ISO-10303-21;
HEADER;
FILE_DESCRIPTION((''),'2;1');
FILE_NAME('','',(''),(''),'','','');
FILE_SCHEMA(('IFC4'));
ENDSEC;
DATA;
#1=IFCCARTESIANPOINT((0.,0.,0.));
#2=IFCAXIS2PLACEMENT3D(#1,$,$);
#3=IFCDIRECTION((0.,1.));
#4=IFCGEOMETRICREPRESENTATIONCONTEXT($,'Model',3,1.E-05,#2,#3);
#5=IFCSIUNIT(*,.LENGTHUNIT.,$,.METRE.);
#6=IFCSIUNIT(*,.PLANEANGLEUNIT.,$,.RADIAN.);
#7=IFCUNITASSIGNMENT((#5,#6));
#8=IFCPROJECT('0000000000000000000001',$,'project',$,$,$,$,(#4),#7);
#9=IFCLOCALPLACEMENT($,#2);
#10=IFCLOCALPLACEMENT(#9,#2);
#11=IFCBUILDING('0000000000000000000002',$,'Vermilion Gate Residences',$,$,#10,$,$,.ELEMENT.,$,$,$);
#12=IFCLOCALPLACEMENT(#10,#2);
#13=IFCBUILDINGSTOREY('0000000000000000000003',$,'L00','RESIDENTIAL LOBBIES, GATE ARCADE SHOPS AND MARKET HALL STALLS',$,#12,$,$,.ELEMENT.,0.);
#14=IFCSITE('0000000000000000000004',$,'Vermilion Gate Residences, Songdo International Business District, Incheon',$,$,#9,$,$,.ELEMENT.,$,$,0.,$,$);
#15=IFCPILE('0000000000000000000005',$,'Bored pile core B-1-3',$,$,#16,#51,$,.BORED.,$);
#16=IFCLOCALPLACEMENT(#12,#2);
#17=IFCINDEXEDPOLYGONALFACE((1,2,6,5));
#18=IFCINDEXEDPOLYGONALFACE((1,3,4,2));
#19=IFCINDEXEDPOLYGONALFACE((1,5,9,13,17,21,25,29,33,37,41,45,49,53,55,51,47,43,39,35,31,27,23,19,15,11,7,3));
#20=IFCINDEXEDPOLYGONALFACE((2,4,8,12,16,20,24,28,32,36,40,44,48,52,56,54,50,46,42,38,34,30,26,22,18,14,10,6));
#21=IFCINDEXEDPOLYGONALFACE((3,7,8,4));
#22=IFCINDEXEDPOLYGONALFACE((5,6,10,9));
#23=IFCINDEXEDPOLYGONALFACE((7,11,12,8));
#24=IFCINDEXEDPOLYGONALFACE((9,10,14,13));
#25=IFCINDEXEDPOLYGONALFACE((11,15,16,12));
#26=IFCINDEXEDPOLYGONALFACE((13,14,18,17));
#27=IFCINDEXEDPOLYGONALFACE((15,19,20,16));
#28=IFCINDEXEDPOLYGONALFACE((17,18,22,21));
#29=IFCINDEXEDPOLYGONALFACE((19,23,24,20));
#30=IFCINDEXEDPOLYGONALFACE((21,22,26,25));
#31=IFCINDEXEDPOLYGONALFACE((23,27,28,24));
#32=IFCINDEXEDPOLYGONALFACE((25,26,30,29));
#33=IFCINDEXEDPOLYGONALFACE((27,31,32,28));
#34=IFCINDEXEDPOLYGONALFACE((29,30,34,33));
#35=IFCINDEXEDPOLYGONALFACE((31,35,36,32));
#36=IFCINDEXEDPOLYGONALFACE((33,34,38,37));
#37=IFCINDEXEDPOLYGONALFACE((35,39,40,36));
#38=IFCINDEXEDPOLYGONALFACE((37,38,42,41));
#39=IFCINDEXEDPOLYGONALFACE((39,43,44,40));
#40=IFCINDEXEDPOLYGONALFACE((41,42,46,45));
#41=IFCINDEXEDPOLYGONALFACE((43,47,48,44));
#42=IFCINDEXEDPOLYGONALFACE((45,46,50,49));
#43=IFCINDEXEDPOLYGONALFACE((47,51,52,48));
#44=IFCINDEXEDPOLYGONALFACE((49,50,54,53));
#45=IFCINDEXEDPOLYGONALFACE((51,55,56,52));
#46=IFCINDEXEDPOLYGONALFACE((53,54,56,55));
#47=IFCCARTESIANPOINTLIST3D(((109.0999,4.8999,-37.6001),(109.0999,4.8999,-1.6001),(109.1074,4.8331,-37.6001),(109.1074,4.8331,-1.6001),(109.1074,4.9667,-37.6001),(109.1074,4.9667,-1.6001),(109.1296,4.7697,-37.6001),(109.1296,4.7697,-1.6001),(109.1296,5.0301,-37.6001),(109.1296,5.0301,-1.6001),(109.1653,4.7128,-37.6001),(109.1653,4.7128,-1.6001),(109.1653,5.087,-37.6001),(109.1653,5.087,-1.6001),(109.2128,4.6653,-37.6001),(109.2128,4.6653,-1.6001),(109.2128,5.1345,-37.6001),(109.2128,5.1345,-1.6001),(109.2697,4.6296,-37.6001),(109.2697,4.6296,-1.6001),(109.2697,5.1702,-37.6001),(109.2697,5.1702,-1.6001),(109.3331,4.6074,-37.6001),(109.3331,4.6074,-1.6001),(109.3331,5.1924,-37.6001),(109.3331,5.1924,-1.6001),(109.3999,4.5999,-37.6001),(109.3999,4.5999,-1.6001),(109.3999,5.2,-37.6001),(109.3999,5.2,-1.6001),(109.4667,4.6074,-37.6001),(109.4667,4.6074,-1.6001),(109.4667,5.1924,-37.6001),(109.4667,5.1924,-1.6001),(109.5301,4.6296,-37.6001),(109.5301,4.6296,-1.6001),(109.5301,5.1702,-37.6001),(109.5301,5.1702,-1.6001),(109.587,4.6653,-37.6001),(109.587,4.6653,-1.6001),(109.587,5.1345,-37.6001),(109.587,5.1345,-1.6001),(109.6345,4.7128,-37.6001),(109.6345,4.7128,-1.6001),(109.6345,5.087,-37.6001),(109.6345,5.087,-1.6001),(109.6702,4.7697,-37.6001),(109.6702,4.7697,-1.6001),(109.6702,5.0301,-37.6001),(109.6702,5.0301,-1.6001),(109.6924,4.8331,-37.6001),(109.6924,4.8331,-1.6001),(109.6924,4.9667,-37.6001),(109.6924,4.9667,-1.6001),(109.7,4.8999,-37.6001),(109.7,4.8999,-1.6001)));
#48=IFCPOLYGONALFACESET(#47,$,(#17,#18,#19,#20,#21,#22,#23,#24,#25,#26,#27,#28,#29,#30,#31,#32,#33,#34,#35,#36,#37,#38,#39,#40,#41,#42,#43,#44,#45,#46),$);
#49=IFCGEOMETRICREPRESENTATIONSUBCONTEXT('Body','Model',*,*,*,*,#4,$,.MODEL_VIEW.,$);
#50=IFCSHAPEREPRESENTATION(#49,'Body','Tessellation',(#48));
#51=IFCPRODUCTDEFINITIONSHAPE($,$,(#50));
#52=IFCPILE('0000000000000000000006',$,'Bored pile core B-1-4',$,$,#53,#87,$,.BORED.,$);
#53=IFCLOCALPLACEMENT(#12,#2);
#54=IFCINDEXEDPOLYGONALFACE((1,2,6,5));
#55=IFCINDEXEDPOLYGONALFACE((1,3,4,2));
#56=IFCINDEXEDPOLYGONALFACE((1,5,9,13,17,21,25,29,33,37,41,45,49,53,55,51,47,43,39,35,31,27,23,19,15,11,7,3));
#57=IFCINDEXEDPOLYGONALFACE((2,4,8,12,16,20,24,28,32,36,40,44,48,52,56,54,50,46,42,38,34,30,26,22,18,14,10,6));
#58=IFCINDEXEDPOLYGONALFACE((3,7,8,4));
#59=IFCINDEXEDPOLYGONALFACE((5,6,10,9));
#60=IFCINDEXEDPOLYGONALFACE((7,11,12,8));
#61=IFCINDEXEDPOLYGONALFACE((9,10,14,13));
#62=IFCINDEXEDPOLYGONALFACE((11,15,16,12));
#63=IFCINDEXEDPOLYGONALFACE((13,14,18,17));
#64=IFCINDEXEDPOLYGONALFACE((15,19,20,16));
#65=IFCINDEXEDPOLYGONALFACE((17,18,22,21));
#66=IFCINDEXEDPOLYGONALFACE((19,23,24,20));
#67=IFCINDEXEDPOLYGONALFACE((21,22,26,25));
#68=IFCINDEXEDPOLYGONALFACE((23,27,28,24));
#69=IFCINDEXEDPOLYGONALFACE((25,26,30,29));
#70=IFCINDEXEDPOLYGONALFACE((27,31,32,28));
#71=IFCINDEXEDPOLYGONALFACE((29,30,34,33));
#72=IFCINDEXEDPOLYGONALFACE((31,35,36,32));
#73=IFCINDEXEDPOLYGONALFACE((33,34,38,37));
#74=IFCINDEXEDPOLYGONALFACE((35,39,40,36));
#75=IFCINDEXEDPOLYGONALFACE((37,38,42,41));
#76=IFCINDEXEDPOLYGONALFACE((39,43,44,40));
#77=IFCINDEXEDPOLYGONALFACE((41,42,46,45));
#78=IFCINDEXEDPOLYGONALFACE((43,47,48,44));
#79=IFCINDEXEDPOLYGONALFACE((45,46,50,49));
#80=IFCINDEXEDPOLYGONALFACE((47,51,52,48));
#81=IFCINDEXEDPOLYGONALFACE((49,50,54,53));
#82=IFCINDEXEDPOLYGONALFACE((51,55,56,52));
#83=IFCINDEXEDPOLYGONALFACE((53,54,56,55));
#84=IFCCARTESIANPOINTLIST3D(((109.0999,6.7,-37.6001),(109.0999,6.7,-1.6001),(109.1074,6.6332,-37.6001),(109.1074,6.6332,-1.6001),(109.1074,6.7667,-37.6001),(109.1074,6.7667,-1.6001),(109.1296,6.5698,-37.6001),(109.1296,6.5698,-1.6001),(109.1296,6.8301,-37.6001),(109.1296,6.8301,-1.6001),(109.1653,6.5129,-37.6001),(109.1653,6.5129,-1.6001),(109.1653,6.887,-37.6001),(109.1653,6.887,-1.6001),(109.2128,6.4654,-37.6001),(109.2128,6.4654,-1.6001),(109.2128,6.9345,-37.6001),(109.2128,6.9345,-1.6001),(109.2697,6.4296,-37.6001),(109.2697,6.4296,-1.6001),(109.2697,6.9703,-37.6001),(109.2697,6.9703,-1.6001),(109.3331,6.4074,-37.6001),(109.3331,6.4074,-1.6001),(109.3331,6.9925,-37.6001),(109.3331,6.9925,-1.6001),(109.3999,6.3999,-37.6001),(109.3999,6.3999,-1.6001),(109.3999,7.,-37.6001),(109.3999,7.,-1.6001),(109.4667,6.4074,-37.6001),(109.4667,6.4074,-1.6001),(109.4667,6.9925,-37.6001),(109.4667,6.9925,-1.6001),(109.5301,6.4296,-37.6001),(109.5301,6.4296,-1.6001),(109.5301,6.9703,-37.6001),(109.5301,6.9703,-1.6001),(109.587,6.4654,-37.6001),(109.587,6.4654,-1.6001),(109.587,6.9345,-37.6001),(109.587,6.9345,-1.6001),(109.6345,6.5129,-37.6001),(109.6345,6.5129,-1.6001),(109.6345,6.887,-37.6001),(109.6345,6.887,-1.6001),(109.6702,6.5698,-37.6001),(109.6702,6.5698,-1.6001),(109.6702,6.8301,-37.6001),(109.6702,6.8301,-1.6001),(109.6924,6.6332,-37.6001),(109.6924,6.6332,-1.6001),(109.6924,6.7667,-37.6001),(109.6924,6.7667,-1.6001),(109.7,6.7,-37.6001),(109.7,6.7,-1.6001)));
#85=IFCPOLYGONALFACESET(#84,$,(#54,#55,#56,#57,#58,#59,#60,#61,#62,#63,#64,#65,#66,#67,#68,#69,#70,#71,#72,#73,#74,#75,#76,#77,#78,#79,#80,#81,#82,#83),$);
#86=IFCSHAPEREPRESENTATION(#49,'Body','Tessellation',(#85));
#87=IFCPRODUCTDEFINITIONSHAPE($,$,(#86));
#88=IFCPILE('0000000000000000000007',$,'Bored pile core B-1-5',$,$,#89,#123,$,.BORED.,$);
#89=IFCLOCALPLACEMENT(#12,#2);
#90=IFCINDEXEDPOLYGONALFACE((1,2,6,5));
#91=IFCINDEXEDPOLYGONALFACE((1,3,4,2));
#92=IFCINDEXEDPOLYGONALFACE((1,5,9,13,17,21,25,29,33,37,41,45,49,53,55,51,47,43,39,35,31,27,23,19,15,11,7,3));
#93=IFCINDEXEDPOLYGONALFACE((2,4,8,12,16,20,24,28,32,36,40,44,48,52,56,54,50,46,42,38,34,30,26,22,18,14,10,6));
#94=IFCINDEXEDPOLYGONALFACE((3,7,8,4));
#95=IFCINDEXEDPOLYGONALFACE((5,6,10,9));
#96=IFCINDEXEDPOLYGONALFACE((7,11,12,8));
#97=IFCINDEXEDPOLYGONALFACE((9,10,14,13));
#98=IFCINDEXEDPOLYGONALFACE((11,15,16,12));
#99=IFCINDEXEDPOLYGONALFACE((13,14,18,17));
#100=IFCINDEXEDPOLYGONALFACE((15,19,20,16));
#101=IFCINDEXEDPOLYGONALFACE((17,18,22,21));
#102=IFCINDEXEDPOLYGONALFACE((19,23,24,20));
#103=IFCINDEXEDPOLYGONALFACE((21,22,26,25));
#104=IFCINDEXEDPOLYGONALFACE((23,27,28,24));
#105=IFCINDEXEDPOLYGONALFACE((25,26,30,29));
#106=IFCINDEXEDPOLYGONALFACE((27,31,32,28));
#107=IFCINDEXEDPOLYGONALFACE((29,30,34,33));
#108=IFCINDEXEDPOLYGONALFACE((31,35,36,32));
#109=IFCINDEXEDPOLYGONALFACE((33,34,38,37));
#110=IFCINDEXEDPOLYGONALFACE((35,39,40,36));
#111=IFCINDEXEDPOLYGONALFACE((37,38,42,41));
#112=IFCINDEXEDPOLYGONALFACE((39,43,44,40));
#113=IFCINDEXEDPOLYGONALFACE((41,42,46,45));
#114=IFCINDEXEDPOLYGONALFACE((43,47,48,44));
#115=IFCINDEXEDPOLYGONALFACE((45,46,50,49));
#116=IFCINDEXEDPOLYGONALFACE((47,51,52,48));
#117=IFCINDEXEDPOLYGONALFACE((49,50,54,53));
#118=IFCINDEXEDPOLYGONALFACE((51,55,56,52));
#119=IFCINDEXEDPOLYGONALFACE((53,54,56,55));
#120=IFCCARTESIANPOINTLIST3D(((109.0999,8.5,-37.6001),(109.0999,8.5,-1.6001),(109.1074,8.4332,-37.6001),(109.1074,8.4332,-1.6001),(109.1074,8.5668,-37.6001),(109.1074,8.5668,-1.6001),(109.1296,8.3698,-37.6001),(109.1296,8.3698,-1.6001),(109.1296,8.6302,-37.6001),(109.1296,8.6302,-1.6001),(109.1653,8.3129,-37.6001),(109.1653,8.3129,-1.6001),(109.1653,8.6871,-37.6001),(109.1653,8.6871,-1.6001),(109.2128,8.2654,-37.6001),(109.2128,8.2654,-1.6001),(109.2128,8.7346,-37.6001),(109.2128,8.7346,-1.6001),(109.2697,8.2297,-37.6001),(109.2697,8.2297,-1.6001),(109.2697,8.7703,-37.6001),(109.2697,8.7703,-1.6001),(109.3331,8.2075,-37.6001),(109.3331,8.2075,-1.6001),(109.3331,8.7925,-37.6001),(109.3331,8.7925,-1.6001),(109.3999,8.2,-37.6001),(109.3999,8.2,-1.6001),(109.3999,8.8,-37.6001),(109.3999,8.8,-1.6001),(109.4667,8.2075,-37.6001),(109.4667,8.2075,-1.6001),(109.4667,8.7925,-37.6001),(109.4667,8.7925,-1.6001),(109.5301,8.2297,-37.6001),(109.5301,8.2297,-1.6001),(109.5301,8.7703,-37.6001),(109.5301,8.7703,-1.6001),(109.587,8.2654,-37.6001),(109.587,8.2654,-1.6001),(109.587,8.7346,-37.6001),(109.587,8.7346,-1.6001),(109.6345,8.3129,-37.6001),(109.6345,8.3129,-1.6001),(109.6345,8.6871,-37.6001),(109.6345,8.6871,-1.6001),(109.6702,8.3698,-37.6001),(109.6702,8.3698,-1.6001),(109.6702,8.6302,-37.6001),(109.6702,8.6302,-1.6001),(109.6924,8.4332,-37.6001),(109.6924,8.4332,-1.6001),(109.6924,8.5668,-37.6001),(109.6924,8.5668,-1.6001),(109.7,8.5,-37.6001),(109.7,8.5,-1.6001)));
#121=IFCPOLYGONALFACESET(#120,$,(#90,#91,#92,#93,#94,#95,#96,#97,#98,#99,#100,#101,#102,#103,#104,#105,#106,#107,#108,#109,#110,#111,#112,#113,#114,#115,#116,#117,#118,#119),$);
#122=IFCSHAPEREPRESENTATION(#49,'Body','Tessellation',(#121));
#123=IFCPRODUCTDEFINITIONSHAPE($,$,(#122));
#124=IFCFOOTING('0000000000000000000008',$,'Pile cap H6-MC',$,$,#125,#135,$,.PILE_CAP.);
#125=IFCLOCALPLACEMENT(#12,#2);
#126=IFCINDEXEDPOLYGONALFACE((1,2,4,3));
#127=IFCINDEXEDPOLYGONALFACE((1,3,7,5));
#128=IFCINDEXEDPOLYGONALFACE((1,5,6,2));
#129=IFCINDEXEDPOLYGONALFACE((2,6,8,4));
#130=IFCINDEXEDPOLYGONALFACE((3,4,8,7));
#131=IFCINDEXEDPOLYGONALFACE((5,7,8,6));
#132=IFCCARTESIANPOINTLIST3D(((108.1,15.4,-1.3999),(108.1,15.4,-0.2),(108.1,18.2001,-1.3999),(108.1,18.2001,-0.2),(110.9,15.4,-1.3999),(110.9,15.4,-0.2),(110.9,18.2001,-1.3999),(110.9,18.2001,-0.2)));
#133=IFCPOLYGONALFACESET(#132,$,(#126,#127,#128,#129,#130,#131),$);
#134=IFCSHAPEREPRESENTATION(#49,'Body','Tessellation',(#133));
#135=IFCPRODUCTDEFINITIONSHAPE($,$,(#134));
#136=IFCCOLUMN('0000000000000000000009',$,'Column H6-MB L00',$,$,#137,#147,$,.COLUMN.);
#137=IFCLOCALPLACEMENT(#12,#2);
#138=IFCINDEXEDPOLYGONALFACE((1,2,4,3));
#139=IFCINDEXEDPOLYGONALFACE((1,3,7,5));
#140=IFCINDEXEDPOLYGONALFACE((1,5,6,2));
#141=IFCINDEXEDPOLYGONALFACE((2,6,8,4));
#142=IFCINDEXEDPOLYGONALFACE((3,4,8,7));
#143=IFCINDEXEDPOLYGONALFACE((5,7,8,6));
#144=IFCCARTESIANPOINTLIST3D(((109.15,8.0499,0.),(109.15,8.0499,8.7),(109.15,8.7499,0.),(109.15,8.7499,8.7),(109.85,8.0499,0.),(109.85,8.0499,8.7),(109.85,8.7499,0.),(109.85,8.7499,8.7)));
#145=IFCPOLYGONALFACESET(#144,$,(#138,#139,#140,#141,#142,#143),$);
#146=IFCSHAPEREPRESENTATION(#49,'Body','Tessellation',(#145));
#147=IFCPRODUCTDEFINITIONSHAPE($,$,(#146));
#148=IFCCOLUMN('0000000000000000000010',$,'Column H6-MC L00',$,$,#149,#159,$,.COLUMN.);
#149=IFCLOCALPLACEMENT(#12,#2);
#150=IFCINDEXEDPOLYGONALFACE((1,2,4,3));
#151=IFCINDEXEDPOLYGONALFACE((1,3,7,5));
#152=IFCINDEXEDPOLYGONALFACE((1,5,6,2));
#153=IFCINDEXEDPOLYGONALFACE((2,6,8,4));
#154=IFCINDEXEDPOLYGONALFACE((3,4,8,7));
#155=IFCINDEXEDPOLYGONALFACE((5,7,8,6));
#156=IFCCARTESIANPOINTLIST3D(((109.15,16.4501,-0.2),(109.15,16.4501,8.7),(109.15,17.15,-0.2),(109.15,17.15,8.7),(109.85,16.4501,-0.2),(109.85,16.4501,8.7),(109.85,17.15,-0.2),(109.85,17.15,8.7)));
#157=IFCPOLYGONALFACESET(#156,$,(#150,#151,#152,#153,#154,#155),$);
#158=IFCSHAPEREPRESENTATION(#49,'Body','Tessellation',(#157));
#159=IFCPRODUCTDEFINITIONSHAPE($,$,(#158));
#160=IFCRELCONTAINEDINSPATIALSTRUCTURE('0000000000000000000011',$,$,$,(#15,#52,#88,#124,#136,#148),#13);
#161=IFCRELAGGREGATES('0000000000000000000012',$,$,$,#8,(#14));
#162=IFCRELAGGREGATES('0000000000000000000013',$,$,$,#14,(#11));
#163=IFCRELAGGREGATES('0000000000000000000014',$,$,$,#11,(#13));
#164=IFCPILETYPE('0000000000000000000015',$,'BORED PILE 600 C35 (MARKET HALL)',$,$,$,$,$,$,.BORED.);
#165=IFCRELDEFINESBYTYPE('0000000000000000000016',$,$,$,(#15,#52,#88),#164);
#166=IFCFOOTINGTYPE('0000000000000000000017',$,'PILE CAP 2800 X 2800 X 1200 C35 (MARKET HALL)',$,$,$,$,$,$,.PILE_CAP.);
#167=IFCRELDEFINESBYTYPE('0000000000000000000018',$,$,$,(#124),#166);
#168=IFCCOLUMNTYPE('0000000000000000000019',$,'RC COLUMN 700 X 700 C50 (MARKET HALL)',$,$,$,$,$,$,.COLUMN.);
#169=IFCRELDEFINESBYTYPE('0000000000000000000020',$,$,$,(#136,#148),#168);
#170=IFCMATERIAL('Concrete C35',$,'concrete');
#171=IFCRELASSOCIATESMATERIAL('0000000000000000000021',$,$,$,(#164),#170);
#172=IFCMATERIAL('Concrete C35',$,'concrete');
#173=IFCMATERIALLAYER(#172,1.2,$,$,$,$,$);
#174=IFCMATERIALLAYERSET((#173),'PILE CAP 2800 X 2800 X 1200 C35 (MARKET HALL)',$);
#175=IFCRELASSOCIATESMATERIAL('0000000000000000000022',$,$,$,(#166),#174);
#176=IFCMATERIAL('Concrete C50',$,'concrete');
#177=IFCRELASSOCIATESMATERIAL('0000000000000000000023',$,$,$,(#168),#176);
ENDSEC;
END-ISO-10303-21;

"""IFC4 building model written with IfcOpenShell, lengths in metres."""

from ifc_helpers import new_model, si_unit, direction, frame, origin, origin_2d, place, context, subcontext, project, spatial, rectangle, circle, extrude, material, layer, layer_set, material_profile, profile_set, type_object, element, save


model = new_model("IFC4")

# Units and contexts
model_context = context("Model", 3, precision=1e-05, world=origin(), true_north=direction((0.0, 1.0)))
body_context = subcontext(model_context, "Body", "Model", "MODEL_VIEW")
ifc_project = project(units=[si_unit("LENGTHUNIT", "METRE"), si_unit("PLANEANGLEUNIT", "RADIAN")], contexts=[model_context])

# Site, building, storey
site_placement = place(None, origin())
site = spatial("IfcSite", under=ifc_project, at=site_placement, Name="Vermilion Gate Residences, Songdo International Business District, Incheon", CompositionType="ELEMENT", RefElevation=0.0)
building_placement = place(site_placement, origin())
building = spatial("IfcBuilding", under=site, at=building_placement, Name="Vermilion Gate Residences", CompositionType="ELEMENT")
storey_placement = place(building_placement, origin())
storey = spatial("IfcBuildingStorey", under=building, at=storey_placement, Name="L00", Description="RESIDENTIAL LOBBIES, GATE ARCADE SHOPS AND MARKET HALL STALLS", CompositionType="ELEMENT", Elevation=0.0)

# Piles
ifc_material_1 = material(Name="Concrete C35", Category="concrete")
ifc_material_profile_1 = material_profile(ifc_material_1, circle(Radius=0.3, at=origin_2d()), Name="BORED PILE 600 C35 (MARKET HALL)")
ifc_profile_set_1 = profile_set([ifc_material_profile_1], Name="Concrete C35")
pile_type = type_object("IfcPileType", Name="BORED PILE 600 C35 (MARKET HALL)", PredefinedType="BORED", material=ifc_profile_set_1)
for number, where, z_axis, x_axis, name in (
    (1, (109.3999, 4.8999, -1.6001), (0.0, 0.0, -1.0), (1.0, 0.0, 0.0), "Bored pile core B-1-3"),
    (2, (109.3999, 6.7, -1.6001), (0.0, 0.0, -1.0), (1.0, 0.0, 0.0), "Bored pile core B-1-4"),
    (3, (109.3999, 8.5, -1.6001), (0.0, 0.0, -1.0), (1.0, 0.0, 0.0), "Bored pile core B-1-5"),
):
    element("IfcPile", number, at=place(storey_placement, frame(where, z_axis=z_axis, x_axis=x_axis)), inside=storey, type_object=pile_type, Name=name, PredefinedType="BORED", context=body_context, shape_type="SweptSolid", body=[
        extrude(circle(Radius=0.3, at=origin_2d()), origin(), (0.0, 0.0, 1.0), 36.0),
    ])

# Footing
ifc_material_2 = material(Name="Concrete C35", Category="concrete")
ifc_layer_1 = layer(ifc_material_2, 1.2)
ifc_layer_set_1 = layer_set([ifc_layer_1], Name="PILE CAP 2800 X 2800 X 1200 C35 (MARKET HALL)")
footing_type = type_object("IfcFootingType", Name="PILE CAP 2800 X 2800 X 1200 C35 (MARKET HALL)", PredefinedType="PILE_CAP", material=ifc_layer_set_1)
footing_placement = place(storey_placement, frame((109.5, 16.8, -1.3999), z_axis=(0.0, 0.0, 1.0), x_axis=(1.0, 0.0, 0.0)))
element("IfcFooting", 4, at=footing_placement, inside=storey, type_object=footing_type, Name="Pile cap H6-MC", PredefinedType="PILE_CAP", context=body_context, shape_type="SweptSolid", body=[
    extrude(rectangle(XDim=2.8, YDim=2.8, at=origin_2d()), origin(), (0.0, 0.0, 1.0), 1.2),
])

# Columns
ifc_material_3 = material(Name="Concrete C50", Category="concrete")
ifc_material_profile_2 = material_profile(ifc_material_3, rectangle(XDim=0.7, YDim=0.7, at=origin_2d()), Name="RC COLUMN 700 X 700 C50 (MARKET HALL)")
ifc_profile_set_2 = profile_set([ifc_material_profile_2], Name="Concrete C50")
column_type = type_object("IfcColumnType", Name="RC COLUMN 700 X 700 C50 (MARKET HALL)", PredefinedType="COLUMN", material=ifc_profile_set_2)
column_1_placement = place(storey_placement, frame((109.5, 8.3999, 0.0), z_axis=(0.0, 0.0, 1.0), x_axis=(1.0, 0.0, 0.0)))
element("IfcColumn", 5, at=column_1_placement, inside=storey, type_object=column_type, Name="Column H6-MB L00", PredefinedType="COLUMN", context=body_context, shape_type="SweptSolid", body=[
    extrude(rectangle(XDim=0.7, YDim=0.7, at=origin_2d()), origin(), (0.0, 0.0, 1.0), 8.7),
])
column_2_placement = place(storey_placement, frame((109.5, 16.8, -0.2), z_axis=(0.0, 0.0, 1.0), x_axis=(1.0, 0.0, 0.0)))
element("IfcColumn", 6, at=column_2_placement, inside=storey, type_object=column_type, Name="Column H6-MC L00", PredefinedType="COLUMN", context=body_context, shape_type="SweptSolid", body=[
    extrude(rectangle(XDim=0.7, YDim=0.7, at=origin_2d()), origin(), (0.0, 0.0, 1.0), 8.8999),
])

save(model, "model.ifc")
